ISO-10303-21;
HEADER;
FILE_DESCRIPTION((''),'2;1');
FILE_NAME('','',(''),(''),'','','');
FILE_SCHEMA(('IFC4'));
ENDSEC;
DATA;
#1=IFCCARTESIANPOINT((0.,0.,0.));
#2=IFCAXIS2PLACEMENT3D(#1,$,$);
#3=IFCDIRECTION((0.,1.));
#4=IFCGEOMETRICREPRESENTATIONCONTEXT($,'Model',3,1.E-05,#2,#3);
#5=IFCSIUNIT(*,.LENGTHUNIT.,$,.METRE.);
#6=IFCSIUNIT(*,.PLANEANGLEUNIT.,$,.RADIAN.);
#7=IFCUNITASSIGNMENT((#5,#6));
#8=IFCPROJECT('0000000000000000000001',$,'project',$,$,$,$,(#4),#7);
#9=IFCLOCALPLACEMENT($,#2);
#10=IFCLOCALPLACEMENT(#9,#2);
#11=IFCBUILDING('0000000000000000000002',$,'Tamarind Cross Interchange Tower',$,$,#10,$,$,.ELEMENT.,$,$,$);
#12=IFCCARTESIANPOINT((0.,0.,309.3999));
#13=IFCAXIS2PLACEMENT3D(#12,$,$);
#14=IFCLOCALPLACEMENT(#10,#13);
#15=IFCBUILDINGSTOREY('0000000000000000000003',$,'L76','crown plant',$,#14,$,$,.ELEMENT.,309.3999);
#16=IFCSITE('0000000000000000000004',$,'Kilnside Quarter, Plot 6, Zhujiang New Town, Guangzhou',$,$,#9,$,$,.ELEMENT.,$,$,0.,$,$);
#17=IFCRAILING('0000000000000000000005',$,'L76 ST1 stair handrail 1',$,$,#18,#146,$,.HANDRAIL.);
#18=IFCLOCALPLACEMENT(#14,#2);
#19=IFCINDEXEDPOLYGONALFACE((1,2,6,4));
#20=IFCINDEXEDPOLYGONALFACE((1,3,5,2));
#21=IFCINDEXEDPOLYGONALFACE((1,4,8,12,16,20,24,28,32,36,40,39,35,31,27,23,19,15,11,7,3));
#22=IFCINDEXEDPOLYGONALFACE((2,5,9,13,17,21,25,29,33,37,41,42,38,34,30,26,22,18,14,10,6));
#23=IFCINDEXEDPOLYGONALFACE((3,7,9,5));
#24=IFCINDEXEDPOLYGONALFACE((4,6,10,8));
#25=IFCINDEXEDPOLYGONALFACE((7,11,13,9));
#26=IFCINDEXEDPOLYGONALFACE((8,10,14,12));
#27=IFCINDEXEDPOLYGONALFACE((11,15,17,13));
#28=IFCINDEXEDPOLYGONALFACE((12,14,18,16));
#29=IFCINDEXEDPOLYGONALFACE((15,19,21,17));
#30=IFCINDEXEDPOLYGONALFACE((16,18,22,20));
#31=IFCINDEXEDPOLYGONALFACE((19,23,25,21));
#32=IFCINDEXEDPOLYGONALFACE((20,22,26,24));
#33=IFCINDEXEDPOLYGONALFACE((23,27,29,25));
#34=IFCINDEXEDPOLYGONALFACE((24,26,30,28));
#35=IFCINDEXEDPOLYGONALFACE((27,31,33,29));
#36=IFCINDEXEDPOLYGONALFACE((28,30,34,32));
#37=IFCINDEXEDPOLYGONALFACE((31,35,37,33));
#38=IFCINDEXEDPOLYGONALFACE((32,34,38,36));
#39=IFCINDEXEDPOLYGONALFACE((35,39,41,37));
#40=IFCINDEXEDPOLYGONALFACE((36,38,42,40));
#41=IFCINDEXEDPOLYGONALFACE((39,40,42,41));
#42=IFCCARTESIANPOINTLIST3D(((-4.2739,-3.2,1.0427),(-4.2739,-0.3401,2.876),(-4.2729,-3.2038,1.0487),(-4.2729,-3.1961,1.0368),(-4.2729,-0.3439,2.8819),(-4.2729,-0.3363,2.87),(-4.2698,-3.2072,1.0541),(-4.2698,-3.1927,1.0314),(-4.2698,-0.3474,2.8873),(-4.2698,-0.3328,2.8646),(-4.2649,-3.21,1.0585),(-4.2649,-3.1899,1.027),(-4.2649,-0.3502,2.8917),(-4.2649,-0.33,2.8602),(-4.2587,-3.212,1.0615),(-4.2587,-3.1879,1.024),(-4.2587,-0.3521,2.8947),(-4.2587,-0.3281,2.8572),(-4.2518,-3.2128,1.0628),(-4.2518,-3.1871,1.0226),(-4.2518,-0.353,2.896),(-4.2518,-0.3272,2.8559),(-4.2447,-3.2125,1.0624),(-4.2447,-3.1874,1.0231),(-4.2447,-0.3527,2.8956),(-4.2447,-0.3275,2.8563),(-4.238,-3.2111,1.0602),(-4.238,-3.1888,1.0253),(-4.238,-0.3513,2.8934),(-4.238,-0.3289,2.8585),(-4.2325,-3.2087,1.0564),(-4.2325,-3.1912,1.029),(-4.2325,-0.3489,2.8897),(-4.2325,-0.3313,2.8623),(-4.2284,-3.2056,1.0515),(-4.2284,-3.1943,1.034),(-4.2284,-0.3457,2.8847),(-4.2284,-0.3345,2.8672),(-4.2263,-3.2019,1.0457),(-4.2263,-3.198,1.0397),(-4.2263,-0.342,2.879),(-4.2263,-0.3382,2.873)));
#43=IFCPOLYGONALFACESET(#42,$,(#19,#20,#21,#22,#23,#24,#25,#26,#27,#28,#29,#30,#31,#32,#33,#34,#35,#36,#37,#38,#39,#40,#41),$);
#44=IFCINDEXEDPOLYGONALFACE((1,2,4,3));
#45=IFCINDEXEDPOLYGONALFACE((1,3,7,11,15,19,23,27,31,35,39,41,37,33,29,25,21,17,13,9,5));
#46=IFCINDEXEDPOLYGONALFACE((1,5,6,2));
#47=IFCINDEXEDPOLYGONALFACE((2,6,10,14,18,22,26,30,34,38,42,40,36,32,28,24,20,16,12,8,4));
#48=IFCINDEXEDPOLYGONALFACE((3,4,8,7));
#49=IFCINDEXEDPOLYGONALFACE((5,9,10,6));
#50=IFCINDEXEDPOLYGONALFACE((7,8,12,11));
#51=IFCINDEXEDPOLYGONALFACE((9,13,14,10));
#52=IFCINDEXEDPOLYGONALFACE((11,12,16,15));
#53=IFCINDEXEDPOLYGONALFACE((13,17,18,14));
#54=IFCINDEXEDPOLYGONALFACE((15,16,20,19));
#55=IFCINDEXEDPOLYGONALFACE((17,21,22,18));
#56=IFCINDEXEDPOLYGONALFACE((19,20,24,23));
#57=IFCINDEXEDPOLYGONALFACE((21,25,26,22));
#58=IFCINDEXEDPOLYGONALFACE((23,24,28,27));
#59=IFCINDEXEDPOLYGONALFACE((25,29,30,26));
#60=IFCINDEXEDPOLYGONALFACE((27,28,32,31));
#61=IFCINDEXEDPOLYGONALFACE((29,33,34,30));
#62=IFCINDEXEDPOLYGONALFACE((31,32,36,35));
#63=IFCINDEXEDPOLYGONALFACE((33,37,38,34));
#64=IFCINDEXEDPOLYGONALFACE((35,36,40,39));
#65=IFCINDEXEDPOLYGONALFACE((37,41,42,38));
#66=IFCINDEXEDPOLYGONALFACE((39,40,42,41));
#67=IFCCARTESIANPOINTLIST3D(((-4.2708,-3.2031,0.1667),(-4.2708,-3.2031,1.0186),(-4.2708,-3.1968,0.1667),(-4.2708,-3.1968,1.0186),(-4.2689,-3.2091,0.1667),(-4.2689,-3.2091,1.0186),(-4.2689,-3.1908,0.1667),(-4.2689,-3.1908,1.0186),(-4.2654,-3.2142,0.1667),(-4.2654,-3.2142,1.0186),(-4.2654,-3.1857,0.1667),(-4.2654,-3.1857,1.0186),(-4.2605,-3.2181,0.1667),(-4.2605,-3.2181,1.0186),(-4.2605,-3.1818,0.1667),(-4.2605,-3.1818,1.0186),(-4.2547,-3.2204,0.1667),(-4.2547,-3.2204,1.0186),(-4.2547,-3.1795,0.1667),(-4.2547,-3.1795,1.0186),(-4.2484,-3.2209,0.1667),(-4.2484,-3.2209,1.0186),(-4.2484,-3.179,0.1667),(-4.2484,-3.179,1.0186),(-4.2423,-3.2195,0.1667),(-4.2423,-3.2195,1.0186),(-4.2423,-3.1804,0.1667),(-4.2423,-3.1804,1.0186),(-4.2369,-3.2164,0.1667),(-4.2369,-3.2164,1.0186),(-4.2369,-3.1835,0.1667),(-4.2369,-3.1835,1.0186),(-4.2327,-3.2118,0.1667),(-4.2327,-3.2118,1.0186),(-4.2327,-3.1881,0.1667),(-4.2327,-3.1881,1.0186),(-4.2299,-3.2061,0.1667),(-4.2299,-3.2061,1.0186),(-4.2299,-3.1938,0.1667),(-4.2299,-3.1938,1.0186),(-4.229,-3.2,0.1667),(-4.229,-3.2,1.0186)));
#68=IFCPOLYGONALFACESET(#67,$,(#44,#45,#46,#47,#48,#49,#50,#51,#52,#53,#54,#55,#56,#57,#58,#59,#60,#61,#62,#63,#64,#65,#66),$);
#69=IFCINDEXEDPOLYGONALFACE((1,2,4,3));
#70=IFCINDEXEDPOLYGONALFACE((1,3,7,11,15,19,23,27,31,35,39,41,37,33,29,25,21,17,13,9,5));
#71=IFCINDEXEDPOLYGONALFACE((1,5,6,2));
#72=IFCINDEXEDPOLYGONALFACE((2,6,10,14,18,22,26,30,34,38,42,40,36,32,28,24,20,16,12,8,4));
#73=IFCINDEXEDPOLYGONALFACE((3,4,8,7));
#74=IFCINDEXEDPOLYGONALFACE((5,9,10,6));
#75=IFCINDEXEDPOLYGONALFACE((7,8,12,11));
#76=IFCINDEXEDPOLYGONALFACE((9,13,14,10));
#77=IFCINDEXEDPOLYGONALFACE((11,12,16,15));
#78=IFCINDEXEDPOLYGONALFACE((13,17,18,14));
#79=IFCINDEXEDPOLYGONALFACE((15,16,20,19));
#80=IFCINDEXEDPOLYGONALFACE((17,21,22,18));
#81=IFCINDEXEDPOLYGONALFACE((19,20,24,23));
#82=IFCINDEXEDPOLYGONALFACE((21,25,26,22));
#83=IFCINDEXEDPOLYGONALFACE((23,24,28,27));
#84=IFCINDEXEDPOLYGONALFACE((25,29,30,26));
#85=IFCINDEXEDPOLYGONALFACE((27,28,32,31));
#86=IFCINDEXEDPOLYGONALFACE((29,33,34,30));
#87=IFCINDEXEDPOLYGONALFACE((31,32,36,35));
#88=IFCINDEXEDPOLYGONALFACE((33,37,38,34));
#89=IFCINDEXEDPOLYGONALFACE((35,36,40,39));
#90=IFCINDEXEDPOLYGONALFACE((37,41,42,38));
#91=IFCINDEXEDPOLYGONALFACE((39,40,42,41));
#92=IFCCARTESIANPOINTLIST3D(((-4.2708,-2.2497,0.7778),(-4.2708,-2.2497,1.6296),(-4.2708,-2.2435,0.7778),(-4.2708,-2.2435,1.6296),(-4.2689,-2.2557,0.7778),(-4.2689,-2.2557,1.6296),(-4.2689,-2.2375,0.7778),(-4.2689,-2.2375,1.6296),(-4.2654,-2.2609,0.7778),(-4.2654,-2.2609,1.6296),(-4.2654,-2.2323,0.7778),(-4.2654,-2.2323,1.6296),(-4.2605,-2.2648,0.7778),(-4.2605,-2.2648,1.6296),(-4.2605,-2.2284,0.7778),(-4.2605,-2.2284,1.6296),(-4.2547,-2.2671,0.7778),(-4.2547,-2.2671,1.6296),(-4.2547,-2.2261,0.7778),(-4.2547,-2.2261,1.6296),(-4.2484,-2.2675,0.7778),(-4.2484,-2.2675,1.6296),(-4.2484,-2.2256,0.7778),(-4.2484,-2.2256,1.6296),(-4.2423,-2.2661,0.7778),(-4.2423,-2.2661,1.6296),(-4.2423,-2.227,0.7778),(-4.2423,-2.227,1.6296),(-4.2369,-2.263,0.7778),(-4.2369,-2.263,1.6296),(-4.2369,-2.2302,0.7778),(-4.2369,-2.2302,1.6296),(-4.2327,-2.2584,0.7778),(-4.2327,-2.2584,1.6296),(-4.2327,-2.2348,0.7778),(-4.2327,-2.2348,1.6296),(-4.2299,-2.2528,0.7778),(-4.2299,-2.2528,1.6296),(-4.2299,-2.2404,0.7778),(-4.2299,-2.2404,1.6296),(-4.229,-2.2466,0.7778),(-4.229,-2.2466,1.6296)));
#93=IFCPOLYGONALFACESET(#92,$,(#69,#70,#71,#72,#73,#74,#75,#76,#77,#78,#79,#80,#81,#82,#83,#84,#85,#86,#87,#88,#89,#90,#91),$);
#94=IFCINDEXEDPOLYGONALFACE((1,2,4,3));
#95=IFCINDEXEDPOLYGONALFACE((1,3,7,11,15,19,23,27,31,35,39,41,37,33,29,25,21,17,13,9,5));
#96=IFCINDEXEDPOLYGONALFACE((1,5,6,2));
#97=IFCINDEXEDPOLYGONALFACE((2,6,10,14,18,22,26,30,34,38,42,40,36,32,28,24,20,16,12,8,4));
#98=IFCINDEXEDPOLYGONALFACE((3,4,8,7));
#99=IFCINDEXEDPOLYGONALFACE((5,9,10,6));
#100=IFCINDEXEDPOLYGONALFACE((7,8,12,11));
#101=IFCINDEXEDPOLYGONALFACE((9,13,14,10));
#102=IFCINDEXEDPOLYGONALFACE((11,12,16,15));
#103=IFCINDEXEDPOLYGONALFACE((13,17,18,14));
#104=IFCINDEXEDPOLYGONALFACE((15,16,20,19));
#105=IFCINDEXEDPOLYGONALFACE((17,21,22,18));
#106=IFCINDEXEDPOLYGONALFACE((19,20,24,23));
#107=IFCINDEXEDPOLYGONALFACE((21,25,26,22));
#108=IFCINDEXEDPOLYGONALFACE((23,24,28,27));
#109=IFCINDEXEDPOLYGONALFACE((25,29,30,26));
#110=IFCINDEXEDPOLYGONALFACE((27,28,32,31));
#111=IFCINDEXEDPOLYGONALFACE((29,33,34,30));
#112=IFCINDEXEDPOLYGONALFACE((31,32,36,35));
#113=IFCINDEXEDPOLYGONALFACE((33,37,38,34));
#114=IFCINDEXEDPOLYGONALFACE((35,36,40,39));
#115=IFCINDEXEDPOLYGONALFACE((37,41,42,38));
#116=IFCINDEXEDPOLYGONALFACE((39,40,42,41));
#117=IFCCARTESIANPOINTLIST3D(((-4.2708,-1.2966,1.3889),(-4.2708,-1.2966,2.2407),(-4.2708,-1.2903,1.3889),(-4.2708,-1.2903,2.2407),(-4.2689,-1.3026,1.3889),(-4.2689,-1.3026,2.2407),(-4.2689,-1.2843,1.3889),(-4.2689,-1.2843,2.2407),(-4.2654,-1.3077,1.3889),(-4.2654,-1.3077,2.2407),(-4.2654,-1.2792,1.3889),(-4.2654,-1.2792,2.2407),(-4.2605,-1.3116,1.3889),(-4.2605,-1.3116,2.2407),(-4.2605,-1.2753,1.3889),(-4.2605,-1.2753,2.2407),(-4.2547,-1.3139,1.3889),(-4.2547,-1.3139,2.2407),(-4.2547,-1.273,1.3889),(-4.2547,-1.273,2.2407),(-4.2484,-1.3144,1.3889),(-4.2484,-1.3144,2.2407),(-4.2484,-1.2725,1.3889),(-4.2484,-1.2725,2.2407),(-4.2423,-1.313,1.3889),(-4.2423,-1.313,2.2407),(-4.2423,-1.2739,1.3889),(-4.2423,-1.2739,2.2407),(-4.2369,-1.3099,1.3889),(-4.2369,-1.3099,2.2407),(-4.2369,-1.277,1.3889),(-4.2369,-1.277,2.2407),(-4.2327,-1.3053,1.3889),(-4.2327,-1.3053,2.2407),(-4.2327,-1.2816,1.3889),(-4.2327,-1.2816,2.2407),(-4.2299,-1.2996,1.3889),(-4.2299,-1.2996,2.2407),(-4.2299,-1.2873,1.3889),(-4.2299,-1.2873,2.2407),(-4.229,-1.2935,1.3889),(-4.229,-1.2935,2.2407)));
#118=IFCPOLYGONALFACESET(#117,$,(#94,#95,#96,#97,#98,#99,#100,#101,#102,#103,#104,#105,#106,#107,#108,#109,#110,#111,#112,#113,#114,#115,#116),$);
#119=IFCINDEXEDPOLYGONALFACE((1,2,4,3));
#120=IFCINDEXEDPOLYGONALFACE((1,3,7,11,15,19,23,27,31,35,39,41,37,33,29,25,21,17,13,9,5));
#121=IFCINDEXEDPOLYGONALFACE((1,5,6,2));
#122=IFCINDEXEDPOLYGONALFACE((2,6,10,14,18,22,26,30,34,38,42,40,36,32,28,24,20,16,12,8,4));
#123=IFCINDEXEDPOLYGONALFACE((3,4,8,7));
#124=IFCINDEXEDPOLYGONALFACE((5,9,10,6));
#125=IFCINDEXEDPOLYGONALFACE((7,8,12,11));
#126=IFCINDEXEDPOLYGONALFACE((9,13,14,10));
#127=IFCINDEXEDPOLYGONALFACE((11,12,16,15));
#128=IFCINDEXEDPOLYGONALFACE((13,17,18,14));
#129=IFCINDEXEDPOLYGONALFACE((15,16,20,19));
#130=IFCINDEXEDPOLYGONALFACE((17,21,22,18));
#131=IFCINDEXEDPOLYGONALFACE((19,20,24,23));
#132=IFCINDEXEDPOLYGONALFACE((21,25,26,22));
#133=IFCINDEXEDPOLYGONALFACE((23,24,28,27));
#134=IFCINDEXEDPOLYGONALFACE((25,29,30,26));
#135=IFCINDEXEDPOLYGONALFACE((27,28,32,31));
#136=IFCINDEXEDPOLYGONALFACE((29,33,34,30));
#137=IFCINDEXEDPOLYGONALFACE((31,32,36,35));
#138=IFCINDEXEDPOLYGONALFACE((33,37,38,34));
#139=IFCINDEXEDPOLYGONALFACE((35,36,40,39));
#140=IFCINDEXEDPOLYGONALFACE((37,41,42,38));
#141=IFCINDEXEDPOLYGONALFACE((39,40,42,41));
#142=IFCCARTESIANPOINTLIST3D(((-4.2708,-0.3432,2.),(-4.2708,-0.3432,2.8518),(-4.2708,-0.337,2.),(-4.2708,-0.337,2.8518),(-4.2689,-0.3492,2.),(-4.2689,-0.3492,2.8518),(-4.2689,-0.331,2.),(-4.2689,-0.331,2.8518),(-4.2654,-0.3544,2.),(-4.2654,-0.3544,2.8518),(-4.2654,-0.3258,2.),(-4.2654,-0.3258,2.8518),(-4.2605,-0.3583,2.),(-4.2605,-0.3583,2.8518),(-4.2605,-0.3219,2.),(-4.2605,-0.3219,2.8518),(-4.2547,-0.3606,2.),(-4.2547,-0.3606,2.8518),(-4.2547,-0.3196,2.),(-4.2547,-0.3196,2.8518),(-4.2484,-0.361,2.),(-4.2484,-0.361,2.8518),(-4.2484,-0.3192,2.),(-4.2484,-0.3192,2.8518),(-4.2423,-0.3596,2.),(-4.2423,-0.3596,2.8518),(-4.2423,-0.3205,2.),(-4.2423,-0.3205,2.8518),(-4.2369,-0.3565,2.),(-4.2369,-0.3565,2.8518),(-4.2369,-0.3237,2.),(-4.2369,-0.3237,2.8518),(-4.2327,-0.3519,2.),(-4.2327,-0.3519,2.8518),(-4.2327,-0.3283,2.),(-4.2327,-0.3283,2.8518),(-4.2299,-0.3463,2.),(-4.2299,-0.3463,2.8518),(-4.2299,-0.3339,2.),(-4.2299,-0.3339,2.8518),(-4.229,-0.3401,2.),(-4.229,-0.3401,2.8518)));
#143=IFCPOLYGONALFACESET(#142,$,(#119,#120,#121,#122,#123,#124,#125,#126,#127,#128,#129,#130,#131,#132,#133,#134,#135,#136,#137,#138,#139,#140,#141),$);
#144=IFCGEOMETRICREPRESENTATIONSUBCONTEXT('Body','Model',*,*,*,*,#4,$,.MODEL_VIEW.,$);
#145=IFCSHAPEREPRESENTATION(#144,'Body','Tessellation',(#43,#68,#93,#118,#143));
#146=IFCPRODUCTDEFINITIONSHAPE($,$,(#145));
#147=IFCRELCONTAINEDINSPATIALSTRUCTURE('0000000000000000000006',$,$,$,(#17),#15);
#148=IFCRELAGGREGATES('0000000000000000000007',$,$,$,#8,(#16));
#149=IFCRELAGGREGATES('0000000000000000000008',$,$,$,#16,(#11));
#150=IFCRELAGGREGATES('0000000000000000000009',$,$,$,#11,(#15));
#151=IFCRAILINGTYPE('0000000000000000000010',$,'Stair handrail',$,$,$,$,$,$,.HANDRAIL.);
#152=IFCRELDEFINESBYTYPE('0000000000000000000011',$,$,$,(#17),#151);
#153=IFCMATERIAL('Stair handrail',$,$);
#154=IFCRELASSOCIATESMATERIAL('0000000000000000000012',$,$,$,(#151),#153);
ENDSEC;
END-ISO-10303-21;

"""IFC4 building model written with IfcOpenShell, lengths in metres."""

from ifc_helpers import new_model, si_unit, direction, frame, origin, origin_2d, place, context, subcontext, project, spatial, circle, extrude, material, type_object, element, save


model = new_model("IFC4")

# Units and contexts
model_context = context("Model", 3, precision=1e-05, world=origin(), true_north=direction((0.0, 1.0)))
body_context = subcontext(model_context, "Body", "Model", "MODEL_VIEW")
ifc_project = project(units=[si_unit("LENGTHUNIT", "METRE"), si_unit("PLANEANGLEUNIT", "RADIAN")], contexts=[model_context])

# Site, building, storey
site_placement = place(None, origin())
site = spatial("IfcSite", under=ifc_project, at=site_placement, Name="Kilnside Quarter, Plot 6, Zhujiang New Town, Guangzhou", CompositionType="ELEMENT", RefElevation=0.0)
building_placement = place(site_placement, origin())
building = spatial("IfcBuilding", under=site, at=building_placement, Name="Tamarind Cross Interchange Tower", CompositionType="ELEMENT")
storey_placement = place(building_placement, frame((0.0, 0.0, 309.3999)))
storey = spatial("IfcBuildingStorey", under=building, at=storey_placement, Name="L76", Description="crown plant", CompositionType="ELEMENT", Elevation=309.3999)

# Railing
ifc_material_1 = material(Name="Stair handrail")
railing_type_1 = type_object("IfcRailingType", Name="Stair handrail", PredefinedType="HANDRAIL", material=ifc_material_1)
railing_1_placement = place(storey_placement, frame((-4.25, -3.2, 0.1667)))
element("IfcRailing", 1, at=railing_1_placement, inside=storey, type_object=railing_type_1, Name="L76 ST1 stair handrail 1", PredefinedType="HANDRAIL", context=body_context, shape_type="SweptSolid", body=[
    extrude(circle(Radius=0.0239, at=origin_2d()), frame((0.0, 0.0, 0.876), z_axis=(0.0, 0.841878, 0.539667), x_axis=(-1.0, 0.0, 0.0)), (0.0, 0.0, 1.0), 3.397),
    extrude(circle(Radius=0.021, at=origin_2d()), origin(), (0.0, 0.0, 1.0), 0.8518),
    extrude(circle(Radius=0.021, at=origin_2d()), frame((0.0, 0.9534, 0.6111)), (0.0, 0.0, 1.0), 0.8518),
    extrude(circle(Radius=0.021, at=origin_2d()), frame((0.0, 1.9065, 1.2222)), (0.0, 0.0, 1.0), 0.8518),
    extrude(circle(Radius=0.021, at=origin_2d()), frame((0.0, 2.8599, 1.8333)), (0.0, 0.0, 1.0), 0.8518),
])

save(model, "model.ifc")
